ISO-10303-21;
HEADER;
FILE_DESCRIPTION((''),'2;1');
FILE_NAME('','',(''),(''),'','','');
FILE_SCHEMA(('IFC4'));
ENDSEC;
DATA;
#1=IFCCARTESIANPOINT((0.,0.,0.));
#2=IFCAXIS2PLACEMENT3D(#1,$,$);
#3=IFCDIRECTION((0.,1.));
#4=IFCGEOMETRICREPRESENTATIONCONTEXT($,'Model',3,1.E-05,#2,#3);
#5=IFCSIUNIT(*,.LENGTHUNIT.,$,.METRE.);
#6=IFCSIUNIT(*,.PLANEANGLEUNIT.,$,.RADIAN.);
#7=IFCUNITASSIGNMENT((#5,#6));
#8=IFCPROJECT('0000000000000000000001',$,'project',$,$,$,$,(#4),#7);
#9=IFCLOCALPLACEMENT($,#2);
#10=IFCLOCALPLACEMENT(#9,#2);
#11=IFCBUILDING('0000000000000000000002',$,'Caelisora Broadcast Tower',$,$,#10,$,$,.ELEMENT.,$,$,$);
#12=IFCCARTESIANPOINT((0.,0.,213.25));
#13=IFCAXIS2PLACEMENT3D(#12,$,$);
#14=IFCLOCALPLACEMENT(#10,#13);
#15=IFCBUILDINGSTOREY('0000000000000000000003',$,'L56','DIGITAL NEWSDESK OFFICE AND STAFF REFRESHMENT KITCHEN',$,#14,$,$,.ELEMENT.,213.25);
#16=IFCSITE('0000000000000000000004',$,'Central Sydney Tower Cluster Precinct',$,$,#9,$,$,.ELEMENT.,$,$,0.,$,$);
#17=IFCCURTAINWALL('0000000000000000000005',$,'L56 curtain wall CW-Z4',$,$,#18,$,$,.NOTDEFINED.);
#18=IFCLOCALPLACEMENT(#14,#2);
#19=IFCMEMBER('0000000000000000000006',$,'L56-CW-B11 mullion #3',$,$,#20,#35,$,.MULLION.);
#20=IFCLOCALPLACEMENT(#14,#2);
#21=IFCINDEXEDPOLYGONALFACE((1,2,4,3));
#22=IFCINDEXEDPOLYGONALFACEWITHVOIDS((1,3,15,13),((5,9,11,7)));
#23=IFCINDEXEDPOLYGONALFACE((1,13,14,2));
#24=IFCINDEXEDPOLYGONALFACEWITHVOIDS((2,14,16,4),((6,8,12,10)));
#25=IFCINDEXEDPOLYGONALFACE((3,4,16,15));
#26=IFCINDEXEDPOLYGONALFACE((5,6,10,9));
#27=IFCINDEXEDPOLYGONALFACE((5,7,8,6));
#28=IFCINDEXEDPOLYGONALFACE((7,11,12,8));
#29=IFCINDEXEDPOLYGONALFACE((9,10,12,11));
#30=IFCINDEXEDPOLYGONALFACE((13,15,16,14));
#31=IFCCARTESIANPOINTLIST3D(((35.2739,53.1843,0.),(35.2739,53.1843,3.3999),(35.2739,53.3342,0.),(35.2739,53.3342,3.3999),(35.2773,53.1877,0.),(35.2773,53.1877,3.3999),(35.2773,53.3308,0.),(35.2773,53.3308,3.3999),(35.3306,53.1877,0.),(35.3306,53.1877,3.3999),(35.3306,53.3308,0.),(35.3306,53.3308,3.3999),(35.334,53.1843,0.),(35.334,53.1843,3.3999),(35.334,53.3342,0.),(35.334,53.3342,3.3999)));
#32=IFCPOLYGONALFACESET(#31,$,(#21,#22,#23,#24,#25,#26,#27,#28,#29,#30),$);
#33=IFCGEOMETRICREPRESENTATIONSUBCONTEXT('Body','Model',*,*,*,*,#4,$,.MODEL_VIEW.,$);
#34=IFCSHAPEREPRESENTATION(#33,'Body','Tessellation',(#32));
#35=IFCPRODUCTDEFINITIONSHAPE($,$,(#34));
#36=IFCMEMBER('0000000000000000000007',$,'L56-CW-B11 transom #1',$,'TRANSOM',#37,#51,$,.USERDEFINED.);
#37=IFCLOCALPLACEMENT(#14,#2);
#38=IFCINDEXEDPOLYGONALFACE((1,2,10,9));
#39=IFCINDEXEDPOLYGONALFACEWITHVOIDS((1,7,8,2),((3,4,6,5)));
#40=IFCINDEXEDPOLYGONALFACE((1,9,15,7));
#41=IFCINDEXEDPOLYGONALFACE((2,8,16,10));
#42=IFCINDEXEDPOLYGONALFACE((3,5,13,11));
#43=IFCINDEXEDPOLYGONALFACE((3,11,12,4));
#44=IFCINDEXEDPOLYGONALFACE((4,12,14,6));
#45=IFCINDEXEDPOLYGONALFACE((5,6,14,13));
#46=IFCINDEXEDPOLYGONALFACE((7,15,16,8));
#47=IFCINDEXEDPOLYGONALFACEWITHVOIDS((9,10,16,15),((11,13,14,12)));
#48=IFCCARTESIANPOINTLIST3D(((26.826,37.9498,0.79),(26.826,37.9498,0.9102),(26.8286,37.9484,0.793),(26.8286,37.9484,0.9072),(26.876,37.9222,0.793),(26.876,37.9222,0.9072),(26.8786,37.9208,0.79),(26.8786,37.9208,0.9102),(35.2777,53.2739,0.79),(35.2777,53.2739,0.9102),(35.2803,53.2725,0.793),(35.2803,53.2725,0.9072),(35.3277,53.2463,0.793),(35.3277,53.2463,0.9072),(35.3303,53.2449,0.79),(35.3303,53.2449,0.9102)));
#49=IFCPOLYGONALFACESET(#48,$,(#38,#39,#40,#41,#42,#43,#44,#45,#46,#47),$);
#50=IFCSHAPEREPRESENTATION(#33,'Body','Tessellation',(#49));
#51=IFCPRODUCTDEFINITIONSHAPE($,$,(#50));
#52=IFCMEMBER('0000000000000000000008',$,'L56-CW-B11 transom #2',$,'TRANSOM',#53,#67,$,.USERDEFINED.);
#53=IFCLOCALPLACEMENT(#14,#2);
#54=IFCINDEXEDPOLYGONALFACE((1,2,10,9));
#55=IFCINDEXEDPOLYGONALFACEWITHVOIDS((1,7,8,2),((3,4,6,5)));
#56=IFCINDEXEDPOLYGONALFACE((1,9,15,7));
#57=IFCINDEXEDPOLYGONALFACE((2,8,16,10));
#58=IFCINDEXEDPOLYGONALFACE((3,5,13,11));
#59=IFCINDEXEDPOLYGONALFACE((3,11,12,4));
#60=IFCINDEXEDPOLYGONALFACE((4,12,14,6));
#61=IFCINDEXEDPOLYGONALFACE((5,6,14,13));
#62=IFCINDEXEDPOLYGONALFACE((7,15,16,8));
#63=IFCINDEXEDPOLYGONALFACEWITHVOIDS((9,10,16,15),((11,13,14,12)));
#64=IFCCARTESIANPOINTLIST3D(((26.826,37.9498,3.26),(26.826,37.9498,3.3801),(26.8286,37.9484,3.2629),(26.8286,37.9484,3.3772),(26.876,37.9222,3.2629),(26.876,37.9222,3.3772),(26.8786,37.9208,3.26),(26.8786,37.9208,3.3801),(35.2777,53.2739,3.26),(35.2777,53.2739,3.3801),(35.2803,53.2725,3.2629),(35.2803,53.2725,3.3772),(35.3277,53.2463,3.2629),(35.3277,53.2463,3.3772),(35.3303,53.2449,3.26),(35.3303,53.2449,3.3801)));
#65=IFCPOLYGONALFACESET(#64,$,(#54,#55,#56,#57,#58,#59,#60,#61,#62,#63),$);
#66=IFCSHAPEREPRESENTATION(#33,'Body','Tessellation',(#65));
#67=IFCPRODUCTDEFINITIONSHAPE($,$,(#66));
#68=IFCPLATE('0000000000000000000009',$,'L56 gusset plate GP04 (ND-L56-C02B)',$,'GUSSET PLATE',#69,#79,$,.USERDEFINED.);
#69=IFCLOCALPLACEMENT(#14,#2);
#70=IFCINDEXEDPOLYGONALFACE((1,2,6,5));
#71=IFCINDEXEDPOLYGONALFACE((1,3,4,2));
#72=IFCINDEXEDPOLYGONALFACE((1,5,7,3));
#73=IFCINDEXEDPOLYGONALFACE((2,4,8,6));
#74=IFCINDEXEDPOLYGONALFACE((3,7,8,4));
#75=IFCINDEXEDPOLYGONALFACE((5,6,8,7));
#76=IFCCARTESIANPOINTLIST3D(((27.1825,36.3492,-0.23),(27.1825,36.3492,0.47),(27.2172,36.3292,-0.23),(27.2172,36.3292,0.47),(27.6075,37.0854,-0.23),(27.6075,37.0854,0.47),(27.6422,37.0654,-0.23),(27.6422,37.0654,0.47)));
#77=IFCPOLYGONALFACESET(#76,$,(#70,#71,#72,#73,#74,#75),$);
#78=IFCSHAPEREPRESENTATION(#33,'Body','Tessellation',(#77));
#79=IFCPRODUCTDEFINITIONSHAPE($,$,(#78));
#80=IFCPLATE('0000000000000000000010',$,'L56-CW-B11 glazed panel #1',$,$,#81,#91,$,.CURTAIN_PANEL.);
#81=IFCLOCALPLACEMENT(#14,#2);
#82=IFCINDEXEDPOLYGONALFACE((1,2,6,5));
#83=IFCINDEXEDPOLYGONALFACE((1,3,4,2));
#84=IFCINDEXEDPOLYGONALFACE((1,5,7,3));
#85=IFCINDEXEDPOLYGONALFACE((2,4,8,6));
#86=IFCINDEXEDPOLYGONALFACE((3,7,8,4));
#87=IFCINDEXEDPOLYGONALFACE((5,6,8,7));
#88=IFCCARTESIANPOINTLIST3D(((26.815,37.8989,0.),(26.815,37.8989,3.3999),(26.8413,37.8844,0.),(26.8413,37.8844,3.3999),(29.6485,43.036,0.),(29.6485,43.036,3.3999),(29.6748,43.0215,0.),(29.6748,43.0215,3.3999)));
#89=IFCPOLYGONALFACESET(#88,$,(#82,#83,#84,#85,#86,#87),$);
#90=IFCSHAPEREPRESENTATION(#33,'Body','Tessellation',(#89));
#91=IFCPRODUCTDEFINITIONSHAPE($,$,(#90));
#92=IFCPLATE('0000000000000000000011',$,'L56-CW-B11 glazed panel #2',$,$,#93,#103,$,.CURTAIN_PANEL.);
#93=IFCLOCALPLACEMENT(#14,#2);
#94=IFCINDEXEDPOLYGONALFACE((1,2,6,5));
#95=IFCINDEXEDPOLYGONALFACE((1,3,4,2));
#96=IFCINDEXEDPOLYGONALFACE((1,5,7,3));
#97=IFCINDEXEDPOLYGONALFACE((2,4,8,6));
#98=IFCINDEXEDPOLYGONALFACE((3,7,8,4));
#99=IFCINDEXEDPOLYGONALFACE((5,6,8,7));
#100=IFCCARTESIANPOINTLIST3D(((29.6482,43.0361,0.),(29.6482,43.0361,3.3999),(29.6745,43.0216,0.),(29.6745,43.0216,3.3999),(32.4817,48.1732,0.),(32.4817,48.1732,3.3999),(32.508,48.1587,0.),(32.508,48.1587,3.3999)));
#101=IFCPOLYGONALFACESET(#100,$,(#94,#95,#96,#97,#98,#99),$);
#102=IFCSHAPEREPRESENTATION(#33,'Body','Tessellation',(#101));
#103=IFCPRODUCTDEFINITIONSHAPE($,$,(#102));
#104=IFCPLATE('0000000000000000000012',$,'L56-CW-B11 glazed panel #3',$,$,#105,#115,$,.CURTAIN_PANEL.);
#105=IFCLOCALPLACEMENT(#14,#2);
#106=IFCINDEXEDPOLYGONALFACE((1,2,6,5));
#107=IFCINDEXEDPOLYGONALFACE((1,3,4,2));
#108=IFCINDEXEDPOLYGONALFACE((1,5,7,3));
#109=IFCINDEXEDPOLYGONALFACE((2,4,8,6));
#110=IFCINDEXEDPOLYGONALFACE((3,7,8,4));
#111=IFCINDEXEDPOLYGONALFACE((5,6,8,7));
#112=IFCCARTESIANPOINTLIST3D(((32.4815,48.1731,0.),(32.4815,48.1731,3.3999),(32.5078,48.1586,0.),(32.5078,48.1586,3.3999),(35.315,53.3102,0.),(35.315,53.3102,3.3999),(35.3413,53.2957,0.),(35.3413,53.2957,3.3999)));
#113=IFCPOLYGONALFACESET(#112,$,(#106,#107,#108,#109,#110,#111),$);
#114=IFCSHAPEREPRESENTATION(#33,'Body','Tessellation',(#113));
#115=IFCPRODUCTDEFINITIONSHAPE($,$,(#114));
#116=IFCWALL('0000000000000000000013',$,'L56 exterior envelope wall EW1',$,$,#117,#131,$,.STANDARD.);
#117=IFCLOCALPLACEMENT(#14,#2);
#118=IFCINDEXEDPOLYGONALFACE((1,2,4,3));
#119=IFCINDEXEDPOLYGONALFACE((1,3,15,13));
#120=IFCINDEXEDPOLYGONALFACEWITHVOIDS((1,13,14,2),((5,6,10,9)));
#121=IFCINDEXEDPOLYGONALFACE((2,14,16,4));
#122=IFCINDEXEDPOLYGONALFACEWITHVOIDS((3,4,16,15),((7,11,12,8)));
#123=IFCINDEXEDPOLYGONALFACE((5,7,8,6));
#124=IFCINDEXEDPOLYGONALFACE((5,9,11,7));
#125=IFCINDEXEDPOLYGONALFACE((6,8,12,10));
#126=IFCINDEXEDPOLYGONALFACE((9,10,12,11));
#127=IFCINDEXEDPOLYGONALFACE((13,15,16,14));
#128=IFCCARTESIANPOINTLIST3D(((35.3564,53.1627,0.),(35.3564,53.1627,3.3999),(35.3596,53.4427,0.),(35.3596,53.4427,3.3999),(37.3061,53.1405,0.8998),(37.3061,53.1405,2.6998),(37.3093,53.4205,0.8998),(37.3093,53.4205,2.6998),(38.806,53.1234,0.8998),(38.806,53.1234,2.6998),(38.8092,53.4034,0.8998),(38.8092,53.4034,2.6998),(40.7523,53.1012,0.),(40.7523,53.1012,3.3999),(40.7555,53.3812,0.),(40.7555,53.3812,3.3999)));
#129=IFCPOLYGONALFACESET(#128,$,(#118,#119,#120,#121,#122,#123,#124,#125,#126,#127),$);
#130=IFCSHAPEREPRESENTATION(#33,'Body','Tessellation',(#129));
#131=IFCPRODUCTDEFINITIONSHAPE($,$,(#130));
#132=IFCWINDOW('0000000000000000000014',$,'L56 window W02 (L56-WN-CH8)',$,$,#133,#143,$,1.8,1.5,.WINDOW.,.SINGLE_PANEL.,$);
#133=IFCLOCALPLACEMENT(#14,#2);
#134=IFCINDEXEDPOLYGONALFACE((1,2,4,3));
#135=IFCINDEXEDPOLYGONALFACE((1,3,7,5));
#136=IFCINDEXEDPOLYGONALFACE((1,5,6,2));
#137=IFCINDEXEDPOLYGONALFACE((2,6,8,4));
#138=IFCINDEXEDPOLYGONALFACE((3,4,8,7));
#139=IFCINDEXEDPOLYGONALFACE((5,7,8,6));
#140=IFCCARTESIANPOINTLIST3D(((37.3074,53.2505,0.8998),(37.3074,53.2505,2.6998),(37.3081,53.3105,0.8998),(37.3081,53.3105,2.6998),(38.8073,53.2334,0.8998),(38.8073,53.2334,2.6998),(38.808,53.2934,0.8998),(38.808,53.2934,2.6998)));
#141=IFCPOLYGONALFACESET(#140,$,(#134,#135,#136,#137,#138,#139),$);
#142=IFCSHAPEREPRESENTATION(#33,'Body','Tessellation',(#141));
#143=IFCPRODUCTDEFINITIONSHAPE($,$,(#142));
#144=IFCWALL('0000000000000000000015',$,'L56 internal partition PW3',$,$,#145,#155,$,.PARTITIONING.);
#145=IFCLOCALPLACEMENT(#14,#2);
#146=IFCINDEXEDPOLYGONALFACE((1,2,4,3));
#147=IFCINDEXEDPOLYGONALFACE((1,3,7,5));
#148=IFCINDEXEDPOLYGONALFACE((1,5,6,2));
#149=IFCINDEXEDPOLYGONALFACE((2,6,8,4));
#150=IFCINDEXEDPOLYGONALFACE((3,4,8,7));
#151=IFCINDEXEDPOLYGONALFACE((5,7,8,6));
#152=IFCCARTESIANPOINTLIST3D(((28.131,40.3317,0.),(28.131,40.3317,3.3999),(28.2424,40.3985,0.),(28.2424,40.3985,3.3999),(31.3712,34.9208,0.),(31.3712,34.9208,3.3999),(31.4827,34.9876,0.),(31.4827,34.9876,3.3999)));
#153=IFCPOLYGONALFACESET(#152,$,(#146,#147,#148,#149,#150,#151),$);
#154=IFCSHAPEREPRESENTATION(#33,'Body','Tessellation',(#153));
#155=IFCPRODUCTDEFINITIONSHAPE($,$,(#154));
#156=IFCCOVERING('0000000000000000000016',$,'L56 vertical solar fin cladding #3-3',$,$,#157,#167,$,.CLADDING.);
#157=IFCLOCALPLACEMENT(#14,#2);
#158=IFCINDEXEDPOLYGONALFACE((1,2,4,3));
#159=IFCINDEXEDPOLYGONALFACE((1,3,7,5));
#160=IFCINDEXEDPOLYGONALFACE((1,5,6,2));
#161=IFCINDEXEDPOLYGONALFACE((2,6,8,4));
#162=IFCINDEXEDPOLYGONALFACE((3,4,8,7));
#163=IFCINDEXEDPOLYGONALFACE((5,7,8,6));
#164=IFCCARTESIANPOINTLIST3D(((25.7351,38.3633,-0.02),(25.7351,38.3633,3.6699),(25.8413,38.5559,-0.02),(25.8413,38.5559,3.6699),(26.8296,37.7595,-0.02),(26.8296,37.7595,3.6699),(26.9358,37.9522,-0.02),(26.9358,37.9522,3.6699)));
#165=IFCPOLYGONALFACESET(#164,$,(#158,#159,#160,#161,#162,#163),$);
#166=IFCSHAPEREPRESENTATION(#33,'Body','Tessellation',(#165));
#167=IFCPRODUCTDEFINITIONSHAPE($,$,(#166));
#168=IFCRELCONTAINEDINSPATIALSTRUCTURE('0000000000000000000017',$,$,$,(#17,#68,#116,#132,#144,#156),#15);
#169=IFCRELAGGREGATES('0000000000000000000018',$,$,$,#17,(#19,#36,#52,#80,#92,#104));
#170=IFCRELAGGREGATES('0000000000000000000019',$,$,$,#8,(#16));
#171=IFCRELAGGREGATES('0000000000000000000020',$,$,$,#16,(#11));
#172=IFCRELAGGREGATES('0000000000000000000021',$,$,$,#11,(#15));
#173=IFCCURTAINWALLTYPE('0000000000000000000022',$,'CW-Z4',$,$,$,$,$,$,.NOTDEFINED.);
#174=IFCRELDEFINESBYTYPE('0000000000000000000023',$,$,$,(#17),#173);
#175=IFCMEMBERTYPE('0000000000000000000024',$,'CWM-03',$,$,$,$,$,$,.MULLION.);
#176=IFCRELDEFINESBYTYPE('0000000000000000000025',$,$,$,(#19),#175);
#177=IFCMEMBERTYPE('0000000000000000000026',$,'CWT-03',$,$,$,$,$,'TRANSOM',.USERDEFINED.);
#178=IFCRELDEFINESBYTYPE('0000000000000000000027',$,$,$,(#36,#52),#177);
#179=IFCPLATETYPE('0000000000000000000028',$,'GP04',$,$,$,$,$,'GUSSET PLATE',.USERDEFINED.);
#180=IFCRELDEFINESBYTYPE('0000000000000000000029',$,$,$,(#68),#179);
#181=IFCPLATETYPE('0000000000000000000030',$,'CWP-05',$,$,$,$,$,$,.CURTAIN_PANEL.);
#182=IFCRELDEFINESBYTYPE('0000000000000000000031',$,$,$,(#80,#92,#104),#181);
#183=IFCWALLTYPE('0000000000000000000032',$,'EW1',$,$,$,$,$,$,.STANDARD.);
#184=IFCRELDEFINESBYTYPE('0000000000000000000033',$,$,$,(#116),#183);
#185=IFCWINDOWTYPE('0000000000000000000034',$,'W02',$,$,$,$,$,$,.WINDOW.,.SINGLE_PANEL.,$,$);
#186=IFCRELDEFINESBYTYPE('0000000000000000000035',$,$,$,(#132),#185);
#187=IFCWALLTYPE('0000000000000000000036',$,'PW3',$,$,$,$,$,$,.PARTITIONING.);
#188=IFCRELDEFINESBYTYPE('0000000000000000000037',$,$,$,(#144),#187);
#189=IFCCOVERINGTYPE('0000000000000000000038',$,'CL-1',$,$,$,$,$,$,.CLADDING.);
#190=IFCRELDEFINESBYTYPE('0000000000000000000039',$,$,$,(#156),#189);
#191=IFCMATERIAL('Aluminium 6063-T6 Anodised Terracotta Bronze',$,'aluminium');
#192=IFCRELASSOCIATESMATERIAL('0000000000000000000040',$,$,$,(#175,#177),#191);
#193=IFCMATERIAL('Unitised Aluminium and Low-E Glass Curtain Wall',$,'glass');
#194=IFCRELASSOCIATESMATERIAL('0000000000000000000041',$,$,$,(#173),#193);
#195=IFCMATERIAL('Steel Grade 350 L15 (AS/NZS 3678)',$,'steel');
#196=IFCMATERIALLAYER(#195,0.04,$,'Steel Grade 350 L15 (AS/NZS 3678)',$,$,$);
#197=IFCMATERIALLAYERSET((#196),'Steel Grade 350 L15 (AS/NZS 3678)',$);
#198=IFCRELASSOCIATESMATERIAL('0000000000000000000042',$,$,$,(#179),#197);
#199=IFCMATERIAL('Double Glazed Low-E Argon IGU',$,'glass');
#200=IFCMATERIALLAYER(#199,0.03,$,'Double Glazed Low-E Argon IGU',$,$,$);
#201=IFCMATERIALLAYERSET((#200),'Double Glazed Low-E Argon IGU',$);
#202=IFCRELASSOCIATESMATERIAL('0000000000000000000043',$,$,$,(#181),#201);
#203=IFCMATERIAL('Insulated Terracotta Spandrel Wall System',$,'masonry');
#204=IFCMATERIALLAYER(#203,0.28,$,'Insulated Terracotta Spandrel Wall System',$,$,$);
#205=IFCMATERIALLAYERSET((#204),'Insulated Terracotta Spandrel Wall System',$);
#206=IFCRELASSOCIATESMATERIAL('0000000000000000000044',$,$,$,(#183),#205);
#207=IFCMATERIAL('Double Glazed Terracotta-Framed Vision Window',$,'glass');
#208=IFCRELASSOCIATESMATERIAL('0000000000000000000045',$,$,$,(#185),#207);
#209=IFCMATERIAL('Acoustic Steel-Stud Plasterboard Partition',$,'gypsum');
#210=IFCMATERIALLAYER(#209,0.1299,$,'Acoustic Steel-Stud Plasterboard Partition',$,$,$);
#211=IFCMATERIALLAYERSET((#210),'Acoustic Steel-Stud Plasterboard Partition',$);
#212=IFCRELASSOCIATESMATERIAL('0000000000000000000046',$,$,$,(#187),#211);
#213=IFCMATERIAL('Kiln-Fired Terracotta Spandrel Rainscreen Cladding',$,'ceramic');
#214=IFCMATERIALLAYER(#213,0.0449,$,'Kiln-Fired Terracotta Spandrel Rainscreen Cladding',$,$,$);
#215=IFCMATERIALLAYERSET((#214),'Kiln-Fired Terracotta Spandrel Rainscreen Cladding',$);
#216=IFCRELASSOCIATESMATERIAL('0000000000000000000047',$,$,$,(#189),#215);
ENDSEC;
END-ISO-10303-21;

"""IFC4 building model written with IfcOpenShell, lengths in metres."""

from ifc_helpers import new_model, si_unit, direction, frame, frame_2d, origin, origin_2d, place, context, subcontext, project, spatial, rectangle, hollow_rectangle, extrude, source, transform, mapped, material, layer, layer_set, material_profile, profile_set, type_object, type_shapes, element, fill, aggregate, save


model = new_model("IFC4")

# Units and contexts
model_context = context("Model", 3, precision=1e-05, world=origin(), true_north=direction((0.0, 1.0)))
body_context = subcontext(model_context, "Body", "Model", "MODEL_VIEW")
ifc_project = project(units=[si_unit("LENGTHUNIT", "METRE"), si_unit("PLANEANGLEUNIT", "RADIAN")], contexts=[model_context])

# Site, building, storey
site_placement = place(None, origin())
site = spatial("IfcSite", under=ifc_project, at=site_placement, Name="Central Sydney Tower Cluster Precinct", CompositionType="ELEMENT", RefElevation=0.0)
building_placement = place(site_placement, origin())
building = spatial("IfcBuilding", under=site, at=building_placement, Name="Caelisora Broadcast Tower", CompositionType="ELEMENT")
storey_placement = place(building_placement, frame((0.0, 0.0, 213.25)))
storey = spatial("IfcBuildingStorey", under=building, at=storey_placement, Name="L56", Description="DIGITAL NEWSDESK OFFICE AND STAFF REFRESHMENT KITCHEN", CompositionType="ELEMENT", Elevation=213.25)

# Shared definitions
ifc_material_1 = material(Name="Steel Grade 350 L15 (AS/NZS 3678)", Category="steel")

# Shared definitions
ifc_material_2 = material(Name="Aluminium 6063-T6 Anodised Terracotta Bronze", Category="aluminium")
ifc_material_profile_1 = material_profile(ifc_material_2, hollow_rectangle(XDim=0.0601, YDim=0.1499, WallThickness=0.0034, at=origin_2d()), Name="Aluminium 6063-T6 Anodised Terracotta Bronze")
ifc_profile_set_1 = profile_set([ifc_material_profile_1], Name="Aluminium 6063-T6 Anodised Terracotta Bronze")
member_type_1 = type_object("IfcMemberType", Name="CWM-03", PredefinedType="MULLION", material=ifc_profile_set_1)
shared_shape_1 = source(origin(), body_context, "Body", "SweptSolid", [
    extrude(hollow_rectangle(XDim=0.0601, YDim=0.1499, WallThickness=0.0034, at=origin_2d()), origin(), (0.0, 0.0, 1.0), 3.3999),
])
type_shapes(member_type_1, [shared_shape_1])

# Curtain wall, members
ifc_material_3 = material(Name="Unitised Aluminium and Low-E Glass Curtain Wall", Category="glass")
curtain_wall_type_1 = type_object("IfcCurtainWallType", Name="CW-Z4", PredefinedType="NOTDEFINED", material=ifc_material_3)
curtain_wall_1_placement = place(storey_placement, origin())
curtain_wall_1 = element("IfcCurtainWall", 1, at=curtain_wall_1_placement, inside=storey, type_object=curtain_wall_type_1, Name="L56 curtain wall CW-Z4", PredefinedType="NOTDEFINED")
member_1_placement = place(storey_placement, frame((35.304, 53.2593, 0.0), z_axis=(0.0, 0.0, 1.0), x_axis=(1.0, 0.0, 0.0)))
member_1 = element("IfcMember", 2, at=member_1_placement, type_object=member_type_1, Name="L56-CW-B11 mullion #3", PredefinedType="MULLION", context=body_context, shape_type="MappedRepresentation", body=[
    mapped(shared_shape_1, transform((0.0, 0.0, 0.0), scale=1.0)),
])
ifc_material_profile_2 = material_profile(ifc_material_2, hollow_rectangle(XDim=0.0601, YDim=0.1201, WallThickness=0.0029, at=origin_2d()), Name="Aluminium 6063-T6 Anodised Terracotta Bronze")
ifc_profile_set_2 = profile_set([ifc_material_profile_2], Name="Aluminium 6063-T6 Anodised Terracotta Bronze")
member_type_2 = type_object("IfcMemberType", Name="CWT-03", ElementType="TRANSOM", PredefinedType="USERDEFINED", material=ifc_profile_set_2)
shared_shape_2 = source(origin(), body_context, "Body", "SweptSolid", [
    extrude(hollow_rectangle(XDim=0.0601, YDim=0.1201, WallThickness=0.0029, at=origin_2d()), origin(), (0.0, 0.0, 1.0), 17.5002),
])
type_shapes(member_type_2, [shared_shape_2])
member_2_placement = place(storey_placement, frame((26.8523, 37.9353, 0.8501), z_axis=(0.482948, 0.875649, 0.0), x_axis=(-0.875649, 0.482948, 0.0)))
member_2 = element("IfcMember", 3, at=member_2_placement, type_object=member_type_2, Name="L56-CW-B11 transom #1", ObjectType="TRANSOM", PredefinedType="USERDEFINED", context=body_context, shape_type="MappedRepresentation", body=[
    mapped(shared_shape_2, transform((0.0, 0.0, 0.0), scale=1.0)),
])
member_3_placement = place(storey_placement, frame((26.8523, 37.9353, 3.3201), z_axis=(0.482948, 0.875649, 0.0), x_axis=(-0.875649, 0.482948, 0.0)))
member_3 = element("IfcMember", 4, at=member_3_placement, type_object=member_type_2, Name="L56-CW-B11 transom #2", ObjectType="TRANSOM", PredefinedType="USERDEFINED", context=body_context, shape_type="MappedRepresentation", body=[
    mapped(shared_shape_2, transform((0.0, 0.0, 0.0), scale=1.0)),
])

# Plates
ifc_layer_1 = layer(ifc_material_1, 0.04, Name="Steel Grade 350 L15 (AS/NZS 3678)")
ifc_layer_set_1 = layer_set([ifc_layer_1], Name="Steel Grade 350 L15 (AS/NZS 3678)")
plate_type_1 = type_object("IfcPlateType", Name="GP04", ElementType="GUSSET PLATE", PredefinedType="USERDEFINED", material=ifc_layer_set_1)
shared_shape_3 = source(origin(), body_context, "Body", "SweptSolid", [
    extrude(rectangle(XDim=0.8501, YDim=0.04, at=origin_2d()), origin(), (0.0, 0.0, 1.0), 0.7),
])
type_shapes(plate_type_1, [shared_shape_3])
plate_1_placement = place(storey_placement, frame((27.4124, 36.7073, -0.23), z_axis=(0.0, 0.0, 1.0), x_axis=(-0.5, -0.866025, 0.0)))
element("IfcPlate", 5, at=plate_1_placement, inside=storey, type_object=plate_type_1, Name="L56 gusset plate GP04 (ND-L56-C02B)", ObjectType="GUSSET PLATE", PredefinedType="USERDEFINED", context=body_context, shape_type="MappedRepresentation", body=[
    mapped(shared_shape_3, transform((0.0, 0.0, 0.0), scale=1.0)),
])
ifc_material_4 = material(Name="Double Glazed Low-E Argon IGU", Category="glass")
ifc_layer_2 = layer(ifc_material_4, 0.03, Name="Double Glazed Low-E Argon IGU")
ifc_layer_set_2 = layer_set([ifc_layer_2], Name="Double Glazed Low-E Argon IGU")
plate_type_2 = type_object("IfcPlateType", Name="CWP-05", PredefinedType="CURTAIN_PANEL", material=ifc_layer_set_2)
shared_shape_4 = source(origin(), body_context, "Body", "SweptSolid", [
    extrude(rectangle(XDim=5.8667, YDim=0.03, at=origin_2d()), origin(), (0.0, 0.0, 1.0), 3.3999),
])
type_shapes(plate_type_2, [shared_shape_4])
plate_2_placement = place(storey_placement, frame((28.2449, 40.4602, 0.0), z_axis=(0.0, 0.0, 1.0), x_axis=(0.482977, 0.875633, 0.0)))
plate_2 = element("IfcPlate", 6, at=plate_2_placement, type_object=plate_type_2, Name="L56-CW-B11 glazed panel #1", PredefinedType="CURTAIN_PANEL", context=body_context, shape_type="MappedRepresentation", body=[
    mapped(shared_shape_4, transform((0.0, 0.0, 0.0), scale=1.0)),
])
plate_3_placement = place(storey_placement, frame((31.0781, 45.5974, 0.0), z_axis=(0.0, 0.0, 1.0), x_axis=(0.482977, 0.875633, 0.0)))
plate_3 = element("IfcPlate", 7, at=plate_3_placement, type_object=plate_type_2, Name="L56-CW-B11 glazed panel #2", PredefinedType="CURTAIN_PANEL", context=body_context, shape_type="MappedRepresentation", body=[
    mapped(shared_shape_4, transform((0.0, 0.0, 0.0), scale=1.0)),
])
plate_4_placement = place(storey_placement, frame((33.9114, 50.7344, 0.0), z_axis=(0.0, 0.0, 1.0), x_axis=(0.482977, 0.875633, 0.0)))
plate_4 = element("IfcPlate", 8, at=plate_4_placement, type_object=plate_type_2, Name="L56-CW-B11 glazed panel #3", PredefinedType="CURTAIN_PANEL", context=body_context, shape_type="MappedRepresentation", body=[
    mapped(shared_shape_4, transform((0.0, 0.0, 0.0), scale=1.0)),
])
aggregate(curtain_wall_1, [member_1, member_2, member_3, plate_2, plate_3, plate_4])

# Wall, opening, window
ifc_material_5 = material(Name="Insulated Terracotta Spandrel Wall System", Category="masonry")
ifc_layer_3 = layer(ifc_material_5, 0.28, Name="Insulated Terracotta Spandrel Wall System")
ifc_layer_set_3 = layer_set([ifc_layer_3], Name="Insulated Terracotta Spandrel Wall System")
wall_type_1 = type_object("IfcWallType", Name="EW1", PredefinedType="STANDARD", material=ifc_layer_set_3)
wall_1_placement = place(storey_placement, frame((35.3579, 53.3027, 0.0), z_axis=(0.0, 0.0, 1.0), x_axis=(0.999935, -0.011401, 0.0)))
wall_1 = element("IfcWall", 9, at=wall_1_placement, inside=storey, type_object=wall_type_1, Name="L56 exterior envelope wall EW1", PredefinedType="STANDARD", context=body_context, shape_type="SweptSolid", body=[
    extrude(rectangle(XDim=5.3962, YDim=0.28, at=frame_2d((2.6982, 0.0))), origin(), (0.0, 0.0, 1.0), 3.3999),
])
opening_placement = place(wall_1_placement, frame((1.95, 0.0, 0.8999)))
opening = element("IfcOpeningElement", 10, at=opening_placement, cuts=wall_1, PredefinedType="OPENING", context=body_context, shape_type="SweptSolid", body=[
    extrude(rectangle(XDim=1.5, YDim=1.8, at=frame_2d((0.75, 0.8999))), frame((0.0, 0.1521, 0.0), z_axis=(0.0, -1.0, 0.0), x_axis=(1.0, 0.0, 0.0)), (0.0, 0.0, 1.0), 0.304),
])
ifc_material_6 = material(Name="Double Glazed Terracotta-Framed Vision Window", Category="glass")
window_type = type_object("IfcWindowType", Name="W02", PartitioningType="SINGLE_PANEL", PredefinedType="WINDOW", material=ifc_material_6)
window_placement = place(opening_placement, origin())
window = element("IfcWindow", 11, at=window_placement, inside=storey, type_object=window_type, Name="L56 window W02 (L56-WN-CH8)", OverallHeight=1.8, OverallWidth=1.5, PartitioningType="SINGLE_PANEL", PredefinedType="WINDOW", context=body_context, shape_type="SweptSolid", body=[
    extrude(rectangle(XDim=1.5, YDim=1.8, at=frame_2d((0.75, 0.8999))), frame((0.0, 0.03, 0.0), z_axis=(0.0, -1.0, 0.0), x_axis=(1.0, 0.0, 0.0)), (0.0, 0.0, 1.0), 0.0601),
])
fill(opening, window)

# Wall
ifc_material_7 = material(Name="Acoustic Steel-Stud Plasterboard Partition", Category="gypsum")
ifc_layer_4 = layer(ifc_material_7, 0.1299, Name="Acoustic Steel-Stud Plasterboard Partition")
ifc_layer_set_4 = layer_set([ifc_layer_4], Name="Acoustic Steel-Stud Plasterboard Partition")
wall_type_2 = type_object("IfcWallType", Name="PW3", PredefinedType="PARTITIONING", material=ifc_layer_set_4)
wall_2_placement = place(storey_placement, frame((28.1868, 40.365, 0.0), z_axis=(0.0, 0.0, 1.0), x_axis=(0.513761, -0.857933, 0.0)))
element("IfcWall", 12, at=wall_2_placement, inside=storey, type_object=wall_type_2, Name="L56 internal partition PW3", PredefinedType="PARTITIONING", context=body_context, shape_type="SweptSolid", body=[
    extrude(rectangle(XDim=6.3069, YDim=0.1299, at=frame_2d((3.1533, 0.0))), origin(), (0.0, 0.0, 1.0), 3.3999),
])

# Covering
ifc_material_8 = material(Name="Kiln-Fired Terracotta Spandrel Rainscreen Cladding", Category="ceramic")
ifc_layer_5 = layer(ifc_material_8, 0.0449, Name="Kiln-Fired Terracotta Spandrel Rainscreen Cladding")
ifc_layer_set_5 = layer_set([ifc_layer_5], Name="Kiln-Fired Terracotta Spandrel Rainscreen Cladding")
covering_type = type_object("IfcCoveringType", Name="CL-1", PredefinedType="CLADDING", material=ifc_layer_set_5)
shared_shape_5 = source(origin(), body_context, "Body", "SweptSolid", [
    extrude(rectangle(XDim=0.22, YDim=1.25, at=origin_2d()), origin(), (0.0, 0.0, 1.0), 3.6899),
])
type_shapes(covering_type, [shared_shape_5])
for number, where, z_axis, x_axis, name in (
    (13, (26.3354, 38.1577, -0.02), (0.0, 0.0, 1.0), (0.482977, 0.875633, 0.0), "L56 vertical solar fin cladding #3-3"),
):
    element("IfcCovering", number, at=place(storey_placement, frame(where, z_axis=z_axis, x_axis=x_axis)), inside=storey, type_object=covering_type, Name=name, PredefinedType="CLADDING", context=body_context, shape_type="MappedRepresentation", body=[
        mapped(shared_shape_5, transform((0.0, 0.0, 0.0), scale=1.0)),
    ])

save(model, "model.ifc")
